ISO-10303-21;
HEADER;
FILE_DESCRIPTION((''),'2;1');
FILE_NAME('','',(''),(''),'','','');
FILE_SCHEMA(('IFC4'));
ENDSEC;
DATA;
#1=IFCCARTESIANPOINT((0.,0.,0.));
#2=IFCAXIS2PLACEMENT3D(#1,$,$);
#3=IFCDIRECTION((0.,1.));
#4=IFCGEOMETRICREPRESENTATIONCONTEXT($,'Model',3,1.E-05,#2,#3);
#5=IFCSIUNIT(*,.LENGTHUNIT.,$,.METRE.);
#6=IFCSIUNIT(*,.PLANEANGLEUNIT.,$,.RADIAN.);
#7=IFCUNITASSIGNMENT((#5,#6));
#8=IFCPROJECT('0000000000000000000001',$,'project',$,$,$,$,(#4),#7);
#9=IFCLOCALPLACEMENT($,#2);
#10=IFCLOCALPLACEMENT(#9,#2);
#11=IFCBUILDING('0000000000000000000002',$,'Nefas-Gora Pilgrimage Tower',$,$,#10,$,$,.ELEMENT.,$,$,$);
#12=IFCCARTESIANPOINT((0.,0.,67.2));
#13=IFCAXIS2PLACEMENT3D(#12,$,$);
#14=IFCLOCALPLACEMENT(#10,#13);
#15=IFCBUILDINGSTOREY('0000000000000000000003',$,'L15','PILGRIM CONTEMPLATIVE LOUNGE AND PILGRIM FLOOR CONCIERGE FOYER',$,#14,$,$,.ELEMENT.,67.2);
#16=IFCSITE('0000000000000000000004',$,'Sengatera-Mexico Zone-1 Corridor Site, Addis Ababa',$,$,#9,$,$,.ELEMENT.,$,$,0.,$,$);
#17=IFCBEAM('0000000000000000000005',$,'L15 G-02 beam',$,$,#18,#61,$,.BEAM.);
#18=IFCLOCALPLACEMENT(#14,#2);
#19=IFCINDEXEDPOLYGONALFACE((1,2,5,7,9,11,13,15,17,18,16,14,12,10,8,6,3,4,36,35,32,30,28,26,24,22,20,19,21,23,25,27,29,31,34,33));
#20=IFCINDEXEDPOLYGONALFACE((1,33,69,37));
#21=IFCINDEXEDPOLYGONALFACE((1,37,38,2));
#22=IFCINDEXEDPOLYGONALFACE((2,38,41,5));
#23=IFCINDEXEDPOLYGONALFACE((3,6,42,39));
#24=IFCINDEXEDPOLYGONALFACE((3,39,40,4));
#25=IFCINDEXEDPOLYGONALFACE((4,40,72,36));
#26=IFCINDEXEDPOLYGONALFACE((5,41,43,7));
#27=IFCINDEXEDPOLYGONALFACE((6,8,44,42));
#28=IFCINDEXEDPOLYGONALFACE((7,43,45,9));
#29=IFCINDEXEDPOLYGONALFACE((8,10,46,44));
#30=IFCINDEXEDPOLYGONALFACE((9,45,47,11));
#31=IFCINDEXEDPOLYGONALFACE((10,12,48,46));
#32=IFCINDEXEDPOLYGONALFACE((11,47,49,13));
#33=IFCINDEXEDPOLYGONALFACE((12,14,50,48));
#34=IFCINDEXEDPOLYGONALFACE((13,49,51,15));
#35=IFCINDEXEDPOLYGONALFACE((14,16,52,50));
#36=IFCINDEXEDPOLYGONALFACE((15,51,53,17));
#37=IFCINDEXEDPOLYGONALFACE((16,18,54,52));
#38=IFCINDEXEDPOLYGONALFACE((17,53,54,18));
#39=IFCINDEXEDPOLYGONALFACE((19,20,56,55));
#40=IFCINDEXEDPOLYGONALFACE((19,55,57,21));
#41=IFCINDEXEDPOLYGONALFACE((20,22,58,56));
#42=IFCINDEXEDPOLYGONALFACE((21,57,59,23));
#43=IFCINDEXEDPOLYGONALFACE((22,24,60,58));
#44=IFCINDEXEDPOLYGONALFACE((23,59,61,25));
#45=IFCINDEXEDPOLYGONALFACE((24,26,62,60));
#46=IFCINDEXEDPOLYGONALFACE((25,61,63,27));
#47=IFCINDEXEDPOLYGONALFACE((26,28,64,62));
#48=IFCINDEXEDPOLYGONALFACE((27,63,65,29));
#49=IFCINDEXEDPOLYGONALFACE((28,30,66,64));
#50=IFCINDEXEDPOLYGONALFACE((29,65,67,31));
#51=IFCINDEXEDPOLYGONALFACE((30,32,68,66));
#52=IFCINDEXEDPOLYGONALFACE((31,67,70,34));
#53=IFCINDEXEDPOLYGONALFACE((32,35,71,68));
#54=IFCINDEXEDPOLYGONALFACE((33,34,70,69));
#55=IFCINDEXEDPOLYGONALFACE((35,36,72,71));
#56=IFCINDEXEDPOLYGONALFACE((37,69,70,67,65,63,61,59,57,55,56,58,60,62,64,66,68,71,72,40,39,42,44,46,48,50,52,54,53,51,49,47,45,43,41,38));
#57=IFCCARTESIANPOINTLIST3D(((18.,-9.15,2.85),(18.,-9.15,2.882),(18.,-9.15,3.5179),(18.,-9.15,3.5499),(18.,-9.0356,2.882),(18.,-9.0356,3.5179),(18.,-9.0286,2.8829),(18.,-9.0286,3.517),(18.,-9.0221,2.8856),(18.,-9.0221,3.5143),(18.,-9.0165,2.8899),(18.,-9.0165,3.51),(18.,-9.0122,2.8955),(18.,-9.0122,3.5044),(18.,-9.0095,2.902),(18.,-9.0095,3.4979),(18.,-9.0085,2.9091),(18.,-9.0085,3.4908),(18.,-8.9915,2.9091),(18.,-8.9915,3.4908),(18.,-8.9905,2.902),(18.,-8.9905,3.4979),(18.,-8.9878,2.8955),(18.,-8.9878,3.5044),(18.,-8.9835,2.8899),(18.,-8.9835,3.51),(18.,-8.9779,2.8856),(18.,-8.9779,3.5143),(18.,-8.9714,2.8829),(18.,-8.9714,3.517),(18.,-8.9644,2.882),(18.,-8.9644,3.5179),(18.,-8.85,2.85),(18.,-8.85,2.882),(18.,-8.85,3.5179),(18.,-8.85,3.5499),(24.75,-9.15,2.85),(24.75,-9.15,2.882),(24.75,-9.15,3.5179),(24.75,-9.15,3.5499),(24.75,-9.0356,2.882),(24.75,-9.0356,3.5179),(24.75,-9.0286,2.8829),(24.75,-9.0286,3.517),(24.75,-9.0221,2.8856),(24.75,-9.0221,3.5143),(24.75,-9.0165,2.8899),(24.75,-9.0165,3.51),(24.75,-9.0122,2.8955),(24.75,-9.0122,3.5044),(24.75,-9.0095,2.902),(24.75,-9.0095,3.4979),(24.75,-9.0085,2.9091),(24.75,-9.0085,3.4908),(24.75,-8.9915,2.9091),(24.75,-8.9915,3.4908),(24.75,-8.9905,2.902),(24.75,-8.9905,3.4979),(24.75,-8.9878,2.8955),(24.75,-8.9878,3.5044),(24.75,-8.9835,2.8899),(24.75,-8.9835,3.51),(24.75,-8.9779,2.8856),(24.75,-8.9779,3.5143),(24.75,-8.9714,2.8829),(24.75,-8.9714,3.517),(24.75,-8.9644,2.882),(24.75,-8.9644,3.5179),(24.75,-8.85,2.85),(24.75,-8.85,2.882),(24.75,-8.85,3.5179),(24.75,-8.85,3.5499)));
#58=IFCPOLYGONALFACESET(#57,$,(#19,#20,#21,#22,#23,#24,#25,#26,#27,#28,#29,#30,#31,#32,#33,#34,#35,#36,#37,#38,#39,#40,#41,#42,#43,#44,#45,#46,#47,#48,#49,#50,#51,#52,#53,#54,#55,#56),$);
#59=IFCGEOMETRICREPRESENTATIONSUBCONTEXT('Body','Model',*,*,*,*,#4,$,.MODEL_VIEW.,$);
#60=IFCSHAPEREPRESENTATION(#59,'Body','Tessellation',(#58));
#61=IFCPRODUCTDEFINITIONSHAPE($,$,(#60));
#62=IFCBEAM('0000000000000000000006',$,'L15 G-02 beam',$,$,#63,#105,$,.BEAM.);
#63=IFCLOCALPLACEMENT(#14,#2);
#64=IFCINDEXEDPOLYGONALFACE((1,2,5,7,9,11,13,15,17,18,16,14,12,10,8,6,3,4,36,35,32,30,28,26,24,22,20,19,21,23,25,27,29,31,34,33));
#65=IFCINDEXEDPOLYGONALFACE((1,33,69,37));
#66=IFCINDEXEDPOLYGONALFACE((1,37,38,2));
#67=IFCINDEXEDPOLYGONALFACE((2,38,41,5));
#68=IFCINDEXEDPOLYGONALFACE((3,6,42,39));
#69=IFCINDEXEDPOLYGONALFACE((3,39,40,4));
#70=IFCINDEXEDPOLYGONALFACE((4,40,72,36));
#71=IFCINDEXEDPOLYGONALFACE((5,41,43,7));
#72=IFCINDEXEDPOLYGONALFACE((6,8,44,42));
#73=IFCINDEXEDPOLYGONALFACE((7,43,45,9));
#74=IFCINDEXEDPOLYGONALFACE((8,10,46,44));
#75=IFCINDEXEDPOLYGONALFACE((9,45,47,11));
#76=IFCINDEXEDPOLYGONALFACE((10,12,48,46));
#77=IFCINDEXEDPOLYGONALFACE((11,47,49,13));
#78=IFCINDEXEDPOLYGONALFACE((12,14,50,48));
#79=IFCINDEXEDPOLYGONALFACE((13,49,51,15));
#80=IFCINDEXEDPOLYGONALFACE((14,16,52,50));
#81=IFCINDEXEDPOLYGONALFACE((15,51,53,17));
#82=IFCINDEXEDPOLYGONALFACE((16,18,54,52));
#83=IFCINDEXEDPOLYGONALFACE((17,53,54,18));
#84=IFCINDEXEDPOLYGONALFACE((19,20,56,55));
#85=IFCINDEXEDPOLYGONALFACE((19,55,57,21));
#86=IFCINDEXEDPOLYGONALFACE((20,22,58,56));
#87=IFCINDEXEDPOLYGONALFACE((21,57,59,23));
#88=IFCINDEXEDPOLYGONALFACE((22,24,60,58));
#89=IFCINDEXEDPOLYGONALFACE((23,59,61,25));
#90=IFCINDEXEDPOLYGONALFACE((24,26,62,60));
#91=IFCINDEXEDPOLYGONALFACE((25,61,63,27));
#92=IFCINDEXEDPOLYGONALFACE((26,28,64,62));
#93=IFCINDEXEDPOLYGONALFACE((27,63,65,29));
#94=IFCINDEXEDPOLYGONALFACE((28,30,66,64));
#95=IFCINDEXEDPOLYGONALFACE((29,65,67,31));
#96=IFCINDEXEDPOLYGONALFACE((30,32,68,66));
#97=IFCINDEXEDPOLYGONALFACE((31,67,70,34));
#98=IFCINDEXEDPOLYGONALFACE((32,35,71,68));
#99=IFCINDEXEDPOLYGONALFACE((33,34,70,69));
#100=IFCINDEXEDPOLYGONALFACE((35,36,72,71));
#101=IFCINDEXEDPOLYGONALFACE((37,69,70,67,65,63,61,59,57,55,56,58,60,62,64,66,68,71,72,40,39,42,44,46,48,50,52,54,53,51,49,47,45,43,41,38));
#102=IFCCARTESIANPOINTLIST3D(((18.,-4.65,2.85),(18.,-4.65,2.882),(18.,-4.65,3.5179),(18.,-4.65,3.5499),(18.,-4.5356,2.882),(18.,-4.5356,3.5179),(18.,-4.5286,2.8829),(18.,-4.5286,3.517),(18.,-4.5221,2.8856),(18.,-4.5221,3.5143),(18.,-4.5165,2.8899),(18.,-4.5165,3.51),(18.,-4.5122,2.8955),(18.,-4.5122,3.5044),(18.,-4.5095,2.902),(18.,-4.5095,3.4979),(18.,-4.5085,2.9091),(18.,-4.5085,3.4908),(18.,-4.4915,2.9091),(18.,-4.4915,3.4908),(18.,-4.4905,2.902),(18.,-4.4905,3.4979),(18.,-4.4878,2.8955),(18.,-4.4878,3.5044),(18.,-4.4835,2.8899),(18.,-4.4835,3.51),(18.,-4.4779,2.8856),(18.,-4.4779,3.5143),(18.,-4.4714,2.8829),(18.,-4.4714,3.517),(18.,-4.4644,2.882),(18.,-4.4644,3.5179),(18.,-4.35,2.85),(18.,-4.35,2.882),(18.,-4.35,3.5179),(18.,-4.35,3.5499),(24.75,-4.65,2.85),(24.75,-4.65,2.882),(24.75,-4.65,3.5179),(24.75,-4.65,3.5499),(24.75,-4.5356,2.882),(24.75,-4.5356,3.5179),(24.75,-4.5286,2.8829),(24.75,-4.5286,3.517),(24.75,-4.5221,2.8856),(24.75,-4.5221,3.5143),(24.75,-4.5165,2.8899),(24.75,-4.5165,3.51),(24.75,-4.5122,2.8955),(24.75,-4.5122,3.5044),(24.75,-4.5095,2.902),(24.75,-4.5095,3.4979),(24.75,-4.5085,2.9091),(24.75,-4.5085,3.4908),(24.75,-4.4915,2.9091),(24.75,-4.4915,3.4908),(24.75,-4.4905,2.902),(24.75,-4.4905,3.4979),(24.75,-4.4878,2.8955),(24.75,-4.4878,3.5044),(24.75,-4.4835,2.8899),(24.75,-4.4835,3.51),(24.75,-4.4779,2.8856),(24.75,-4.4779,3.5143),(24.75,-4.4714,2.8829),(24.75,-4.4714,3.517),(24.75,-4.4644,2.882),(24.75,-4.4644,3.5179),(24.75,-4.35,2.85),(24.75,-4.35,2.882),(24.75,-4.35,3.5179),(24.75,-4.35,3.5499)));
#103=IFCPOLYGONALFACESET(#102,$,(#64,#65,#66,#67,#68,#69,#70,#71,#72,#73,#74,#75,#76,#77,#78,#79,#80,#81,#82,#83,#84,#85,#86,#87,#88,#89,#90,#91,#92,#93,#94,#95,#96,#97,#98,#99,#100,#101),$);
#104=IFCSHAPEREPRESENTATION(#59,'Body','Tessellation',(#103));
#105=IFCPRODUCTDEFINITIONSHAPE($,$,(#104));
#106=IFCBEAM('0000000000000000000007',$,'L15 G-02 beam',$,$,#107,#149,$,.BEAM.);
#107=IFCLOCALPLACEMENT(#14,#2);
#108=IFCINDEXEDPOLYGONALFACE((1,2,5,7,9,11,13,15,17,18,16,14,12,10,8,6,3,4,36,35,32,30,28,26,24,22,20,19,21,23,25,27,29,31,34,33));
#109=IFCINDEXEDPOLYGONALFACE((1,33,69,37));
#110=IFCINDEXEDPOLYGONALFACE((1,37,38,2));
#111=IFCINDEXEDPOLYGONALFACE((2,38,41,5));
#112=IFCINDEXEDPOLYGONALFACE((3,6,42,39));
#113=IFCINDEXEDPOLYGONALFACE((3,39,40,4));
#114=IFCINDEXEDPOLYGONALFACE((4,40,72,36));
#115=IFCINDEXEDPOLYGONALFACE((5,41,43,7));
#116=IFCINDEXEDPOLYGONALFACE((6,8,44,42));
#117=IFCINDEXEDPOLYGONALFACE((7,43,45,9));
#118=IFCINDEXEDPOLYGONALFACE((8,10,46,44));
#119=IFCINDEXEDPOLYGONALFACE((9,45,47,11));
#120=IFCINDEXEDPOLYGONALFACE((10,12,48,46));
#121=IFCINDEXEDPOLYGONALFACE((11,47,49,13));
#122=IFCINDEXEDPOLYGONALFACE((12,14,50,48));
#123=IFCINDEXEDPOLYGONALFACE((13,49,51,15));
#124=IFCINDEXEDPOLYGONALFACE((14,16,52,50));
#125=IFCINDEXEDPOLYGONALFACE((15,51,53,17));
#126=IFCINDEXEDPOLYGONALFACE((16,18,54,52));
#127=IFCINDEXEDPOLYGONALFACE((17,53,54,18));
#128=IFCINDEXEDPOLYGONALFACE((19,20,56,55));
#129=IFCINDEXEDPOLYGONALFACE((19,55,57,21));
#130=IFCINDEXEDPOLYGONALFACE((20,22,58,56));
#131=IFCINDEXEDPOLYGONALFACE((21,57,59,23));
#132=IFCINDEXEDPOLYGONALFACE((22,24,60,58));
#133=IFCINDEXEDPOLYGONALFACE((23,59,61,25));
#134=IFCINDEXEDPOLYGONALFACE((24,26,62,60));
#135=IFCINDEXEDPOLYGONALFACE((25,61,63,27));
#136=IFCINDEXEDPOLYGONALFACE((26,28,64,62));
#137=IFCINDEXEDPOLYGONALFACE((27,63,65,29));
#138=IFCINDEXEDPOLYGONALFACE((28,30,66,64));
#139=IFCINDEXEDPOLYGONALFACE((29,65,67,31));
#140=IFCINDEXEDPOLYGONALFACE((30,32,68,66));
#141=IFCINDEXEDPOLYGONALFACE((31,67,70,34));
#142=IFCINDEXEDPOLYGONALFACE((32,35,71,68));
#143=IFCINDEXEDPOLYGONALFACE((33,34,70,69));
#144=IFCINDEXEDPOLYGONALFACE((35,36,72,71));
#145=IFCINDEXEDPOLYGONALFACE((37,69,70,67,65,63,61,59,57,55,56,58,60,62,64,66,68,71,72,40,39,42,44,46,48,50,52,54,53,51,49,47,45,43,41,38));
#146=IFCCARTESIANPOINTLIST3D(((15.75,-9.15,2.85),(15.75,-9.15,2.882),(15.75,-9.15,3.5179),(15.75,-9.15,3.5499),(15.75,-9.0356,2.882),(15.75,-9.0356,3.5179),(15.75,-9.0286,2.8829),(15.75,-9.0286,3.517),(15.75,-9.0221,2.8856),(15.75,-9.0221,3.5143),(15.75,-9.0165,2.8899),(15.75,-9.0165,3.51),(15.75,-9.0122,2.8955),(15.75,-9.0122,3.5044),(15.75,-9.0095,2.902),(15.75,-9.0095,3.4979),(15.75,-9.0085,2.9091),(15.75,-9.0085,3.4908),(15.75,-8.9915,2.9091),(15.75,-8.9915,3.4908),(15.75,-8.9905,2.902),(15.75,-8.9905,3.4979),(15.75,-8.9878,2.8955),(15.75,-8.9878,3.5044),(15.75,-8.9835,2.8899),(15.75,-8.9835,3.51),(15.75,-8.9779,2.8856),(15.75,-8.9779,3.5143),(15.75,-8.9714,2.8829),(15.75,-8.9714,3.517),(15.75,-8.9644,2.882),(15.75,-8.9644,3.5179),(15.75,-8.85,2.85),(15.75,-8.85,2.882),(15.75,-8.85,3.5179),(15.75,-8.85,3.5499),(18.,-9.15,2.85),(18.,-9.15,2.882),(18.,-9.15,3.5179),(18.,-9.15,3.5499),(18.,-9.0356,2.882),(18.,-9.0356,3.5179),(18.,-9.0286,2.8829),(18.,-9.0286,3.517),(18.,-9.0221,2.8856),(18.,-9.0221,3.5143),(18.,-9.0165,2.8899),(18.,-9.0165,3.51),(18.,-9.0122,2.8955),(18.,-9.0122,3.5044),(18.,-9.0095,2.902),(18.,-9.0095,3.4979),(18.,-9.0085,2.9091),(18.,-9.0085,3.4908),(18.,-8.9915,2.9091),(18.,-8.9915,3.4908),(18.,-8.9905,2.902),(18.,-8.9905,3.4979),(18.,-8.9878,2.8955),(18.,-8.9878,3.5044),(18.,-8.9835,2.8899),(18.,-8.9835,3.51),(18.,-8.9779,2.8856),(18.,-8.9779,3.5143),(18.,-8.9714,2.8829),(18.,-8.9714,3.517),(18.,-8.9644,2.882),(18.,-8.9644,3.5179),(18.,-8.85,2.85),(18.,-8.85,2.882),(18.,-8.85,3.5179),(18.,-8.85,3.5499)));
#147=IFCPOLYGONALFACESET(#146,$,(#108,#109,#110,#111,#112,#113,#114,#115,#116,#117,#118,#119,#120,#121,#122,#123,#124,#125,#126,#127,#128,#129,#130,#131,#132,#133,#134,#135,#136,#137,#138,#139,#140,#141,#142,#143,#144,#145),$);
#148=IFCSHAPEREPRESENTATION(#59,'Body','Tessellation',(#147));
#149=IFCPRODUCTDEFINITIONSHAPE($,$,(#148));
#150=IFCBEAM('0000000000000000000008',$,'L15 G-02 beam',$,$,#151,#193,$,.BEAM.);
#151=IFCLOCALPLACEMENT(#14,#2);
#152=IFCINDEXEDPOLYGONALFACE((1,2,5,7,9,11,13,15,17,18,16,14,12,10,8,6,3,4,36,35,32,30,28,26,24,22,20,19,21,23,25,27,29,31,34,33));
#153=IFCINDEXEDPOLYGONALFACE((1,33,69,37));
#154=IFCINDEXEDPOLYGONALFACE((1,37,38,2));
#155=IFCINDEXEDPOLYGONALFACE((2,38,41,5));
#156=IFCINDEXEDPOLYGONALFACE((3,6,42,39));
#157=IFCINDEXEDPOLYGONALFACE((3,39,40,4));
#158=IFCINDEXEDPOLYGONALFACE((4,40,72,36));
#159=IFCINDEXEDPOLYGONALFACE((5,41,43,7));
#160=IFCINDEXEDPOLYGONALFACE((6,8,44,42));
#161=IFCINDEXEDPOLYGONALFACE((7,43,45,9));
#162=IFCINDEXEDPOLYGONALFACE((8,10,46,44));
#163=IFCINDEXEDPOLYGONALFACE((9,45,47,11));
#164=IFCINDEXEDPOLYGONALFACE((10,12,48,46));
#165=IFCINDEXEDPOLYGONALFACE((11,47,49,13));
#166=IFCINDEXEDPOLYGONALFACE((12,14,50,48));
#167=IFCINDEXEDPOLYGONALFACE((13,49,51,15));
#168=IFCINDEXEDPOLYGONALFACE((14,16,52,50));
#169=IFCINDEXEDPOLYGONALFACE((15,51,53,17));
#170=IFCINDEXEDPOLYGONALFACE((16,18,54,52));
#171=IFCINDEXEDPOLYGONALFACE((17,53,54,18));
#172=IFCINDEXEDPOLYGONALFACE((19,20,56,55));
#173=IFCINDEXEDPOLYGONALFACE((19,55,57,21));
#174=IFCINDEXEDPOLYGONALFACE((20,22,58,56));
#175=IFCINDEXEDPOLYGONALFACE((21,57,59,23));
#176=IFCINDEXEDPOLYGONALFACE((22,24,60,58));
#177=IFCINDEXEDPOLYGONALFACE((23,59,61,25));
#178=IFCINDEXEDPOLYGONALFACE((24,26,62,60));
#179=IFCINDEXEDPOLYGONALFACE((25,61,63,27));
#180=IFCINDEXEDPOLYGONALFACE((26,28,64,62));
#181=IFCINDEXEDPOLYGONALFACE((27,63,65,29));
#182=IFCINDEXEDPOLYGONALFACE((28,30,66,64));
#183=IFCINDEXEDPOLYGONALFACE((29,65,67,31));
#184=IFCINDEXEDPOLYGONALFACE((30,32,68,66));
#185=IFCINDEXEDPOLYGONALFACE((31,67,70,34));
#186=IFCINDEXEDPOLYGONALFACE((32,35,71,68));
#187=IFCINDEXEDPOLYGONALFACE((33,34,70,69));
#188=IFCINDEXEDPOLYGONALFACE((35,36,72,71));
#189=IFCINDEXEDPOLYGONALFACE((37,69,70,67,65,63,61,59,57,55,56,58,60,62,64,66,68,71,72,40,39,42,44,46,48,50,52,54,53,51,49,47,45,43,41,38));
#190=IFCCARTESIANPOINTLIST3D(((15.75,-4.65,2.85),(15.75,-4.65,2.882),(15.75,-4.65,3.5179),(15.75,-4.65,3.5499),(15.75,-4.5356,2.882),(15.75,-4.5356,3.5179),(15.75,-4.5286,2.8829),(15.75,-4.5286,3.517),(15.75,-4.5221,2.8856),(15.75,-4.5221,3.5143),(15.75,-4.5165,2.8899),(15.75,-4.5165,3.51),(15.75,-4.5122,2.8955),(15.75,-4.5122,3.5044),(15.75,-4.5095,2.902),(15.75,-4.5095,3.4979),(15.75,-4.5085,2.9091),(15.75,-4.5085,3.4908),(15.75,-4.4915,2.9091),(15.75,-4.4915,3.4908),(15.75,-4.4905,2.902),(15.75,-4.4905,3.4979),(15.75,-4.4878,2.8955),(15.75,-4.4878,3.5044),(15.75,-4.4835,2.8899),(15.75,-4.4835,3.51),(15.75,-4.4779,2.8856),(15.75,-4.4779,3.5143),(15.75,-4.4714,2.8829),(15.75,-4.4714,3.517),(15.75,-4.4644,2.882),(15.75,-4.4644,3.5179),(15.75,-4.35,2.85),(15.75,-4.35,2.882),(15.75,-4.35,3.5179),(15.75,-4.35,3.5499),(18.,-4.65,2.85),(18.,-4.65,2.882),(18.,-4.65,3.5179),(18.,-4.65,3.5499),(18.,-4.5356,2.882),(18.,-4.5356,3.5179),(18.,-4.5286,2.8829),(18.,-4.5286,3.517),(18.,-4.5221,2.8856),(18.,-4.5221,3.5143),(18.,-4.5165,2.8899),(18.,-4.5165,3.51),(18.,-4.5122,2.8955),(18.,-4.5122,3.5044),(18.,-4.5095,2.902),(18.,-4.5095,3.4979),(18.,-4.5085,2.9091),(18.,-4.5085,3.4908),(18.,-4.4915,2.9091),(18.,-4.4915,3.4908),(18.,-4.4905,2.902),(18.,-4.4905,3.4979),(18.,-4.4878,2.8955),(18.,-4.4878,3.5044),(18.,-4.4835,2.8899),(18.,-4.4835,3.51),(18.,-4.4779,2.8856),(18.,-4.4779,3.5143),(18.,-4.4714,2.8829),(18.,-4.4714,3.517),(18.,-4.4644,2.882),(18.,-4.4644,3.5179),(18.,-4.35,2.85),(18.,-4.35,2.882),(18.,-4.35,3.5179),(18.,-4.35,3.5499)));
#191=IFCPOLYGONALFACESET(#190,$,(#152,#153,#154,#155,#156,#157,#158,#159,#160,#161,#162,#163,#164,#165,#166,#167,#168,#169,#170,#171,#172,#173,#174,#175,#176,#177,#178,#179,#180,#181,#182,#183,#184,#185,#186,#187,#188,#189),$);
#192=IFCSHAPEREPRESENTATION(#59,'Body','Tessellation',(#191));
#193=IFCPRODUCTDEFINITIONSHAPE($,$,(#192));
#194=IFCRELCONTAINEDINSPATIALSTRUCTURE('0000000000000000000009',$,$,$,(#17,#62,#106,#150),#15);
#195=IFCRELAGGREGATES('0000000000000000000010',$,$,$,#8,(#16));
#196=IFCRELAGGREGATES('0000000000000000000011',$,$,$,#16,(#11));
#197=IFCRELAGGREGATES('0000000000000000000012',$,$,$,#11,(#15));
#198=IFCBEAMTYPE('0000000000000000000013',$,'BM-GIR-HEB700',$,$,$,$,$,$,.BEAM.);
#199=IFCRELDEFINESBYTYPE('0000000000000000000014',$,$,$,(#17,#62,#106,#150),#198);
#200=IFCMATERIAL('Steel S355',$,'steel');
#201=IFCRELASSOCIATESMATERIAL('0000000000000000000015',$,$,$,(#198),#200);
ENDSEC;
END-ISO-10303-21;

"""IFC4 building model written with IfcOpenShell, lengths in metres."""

from ifc_helpers import new_model, si_unit, direction, frame, origin, origin_2d, place, context, subcontext, project, spatial, i_section, extrude, source, transform, mapped, material, material_profile, profile_set, type_object, element, save


model = new_model("IFC4")

# Units and contexts
model_context = context("Model", 3, precision=1e-05, world=origin(), true_north=direction((0.0, 1.0)))
body_context = subcontext(model_context, "Body", "Model", "MODEL_VIEW")
ifc_project = project(units=[si_unit("LENGTHUNIT", "METRE"), si_unit("PLANEANGLEUNIT", "RADIAN")], contexts=[model_context])

# Site, building, storey
site_placement = place(None, origin())
site = spatial("IfcSite", under=ifc_project, at=site_placement, Name="Sengatera-Mexico Zone-1 Corridor Site, Addis Ababa", CompositionType="ELEMENT", RefElevation=0.0)
building_placement = place(site_placement, origin())
building = spatial("IfcBuilding", under=site, at=building_placement, Name="Nefas-Gora Pilgrimage Tower", CompositionType="ELEMENT")
storey_placement = place(building_placement, frame((0.0, 0.0, 67.2)))
storey = spatial("IfcBuildingStorey", under=building, at=storey_placement, Name="L15", Description="PILGRIM CONTEMPLATIVE LOUNGE AND PILGRIM FLOOR CONCIERGE FOYER", CompositionType="ELEMENT", Elevation=67.2)

# Beams
ifc_material_1 = material(Name="Steel S355", Category="steel")
ifc_material_profile_1 = material_profile(ifc_material_1, i_section(OverallWidth=0.3, OverallDepth=0.7, WebThickness=0.0171, FlangeThickness=0.032, FilletRadius=0.0271, at=origin_2d()), Name="HEB 700")
ifc_profile_set_1 = profile_set([ifc_material_profile_1], Name="Steel S355")
beam_type_1 = type_object("IfcBeamType", Name="BM-GIR-HEB700", PredefinedType="BEAM", material=ifc_profile_set_1)
shared_shape_1 = source(origin(), body_context, "Body", "SweptSolid", [
    extrude(i_section(OverallWidth=0.3, OverallDepth=0.7, WebThickness=0.0171, FlangeThickness=0.032, FilletRadius=0.0271, at=origin_2d()), origin(), (0.0, 0.0, 1.0), 6.75),
])
for number, where, z_axis, x_axis, name in (
    (1, (18.0, -9.0, 3.2), (1.0, 0.0, 0.0), (0.0, 1.0, 0.0), "L15 G-02 beam"),
    (2, (18.0, -4.5, 3.2), (1.0, 0.0, 0.0), (0.0, 1.0, 0.0), "L15 G-02 beam"),
):
    element("IfcBeam", number, at=place(storey_placement, frame(where, z_axis=z_axis, x_axis=x_axis)), inside=storey, type_object=beam_type_1, Name=name, PredefinedType="BEAM", context=body_context, shape_type="MappedRepresentation", body=[
        mapped(shared_shape_1, transform((0.0, 0.0, 0.0), x_axis=(1.0, 0.0, 0.0), y_axis=(0.0, 1.0, 0.0), z_axis=(0.0, 0.0, 1.0), scale=1.0)),
    ])
shared_shape_2 = source(origin(), body_context, "Body", "SweptSolid", [
    extrude(i_section(OverallWidth=0.3, OverallDepth=0.7, WebThickness=0.0171, FlangeThickness=0.032, FilletRadius=0.0271, at=origin_2d()), origin(), (0.0, 0.0, 1.0), 2.25),
])
for number, where, z_axis, x_axis, name in (
    (3, (15.75, -9.0, 3.2), (1.0, 0.0, 0.0), (0.0, 1.0, 0.0), "L15 G-02 beam"),
    (4, (15.75, -4.5, 3.2), (1.0, 0.0, 0.0), (0.0, 1.0, 0.0), "L15 G-02 beam"),
):
    element("IfcBeam", number, at=place(storey_placement, frame(where, z_axis=z_axis, x_axis=x_axis)), inside=storey, type_object=beam_type_1, Name=name, PredefinedType="BEAM", context=body_context, shape_type="MappedRepresentation", body=[
        mapped(shared_shape_2, transform((0.0, 0.0, 0.0), x_axis=(1.0, 0.0, 0.0), y_axis=(0.0, 1.0, 0.0), z_axis=(0.0, 0.0, 1.0), scale=1.0)),
    ])

save(model, "model.ifc")
